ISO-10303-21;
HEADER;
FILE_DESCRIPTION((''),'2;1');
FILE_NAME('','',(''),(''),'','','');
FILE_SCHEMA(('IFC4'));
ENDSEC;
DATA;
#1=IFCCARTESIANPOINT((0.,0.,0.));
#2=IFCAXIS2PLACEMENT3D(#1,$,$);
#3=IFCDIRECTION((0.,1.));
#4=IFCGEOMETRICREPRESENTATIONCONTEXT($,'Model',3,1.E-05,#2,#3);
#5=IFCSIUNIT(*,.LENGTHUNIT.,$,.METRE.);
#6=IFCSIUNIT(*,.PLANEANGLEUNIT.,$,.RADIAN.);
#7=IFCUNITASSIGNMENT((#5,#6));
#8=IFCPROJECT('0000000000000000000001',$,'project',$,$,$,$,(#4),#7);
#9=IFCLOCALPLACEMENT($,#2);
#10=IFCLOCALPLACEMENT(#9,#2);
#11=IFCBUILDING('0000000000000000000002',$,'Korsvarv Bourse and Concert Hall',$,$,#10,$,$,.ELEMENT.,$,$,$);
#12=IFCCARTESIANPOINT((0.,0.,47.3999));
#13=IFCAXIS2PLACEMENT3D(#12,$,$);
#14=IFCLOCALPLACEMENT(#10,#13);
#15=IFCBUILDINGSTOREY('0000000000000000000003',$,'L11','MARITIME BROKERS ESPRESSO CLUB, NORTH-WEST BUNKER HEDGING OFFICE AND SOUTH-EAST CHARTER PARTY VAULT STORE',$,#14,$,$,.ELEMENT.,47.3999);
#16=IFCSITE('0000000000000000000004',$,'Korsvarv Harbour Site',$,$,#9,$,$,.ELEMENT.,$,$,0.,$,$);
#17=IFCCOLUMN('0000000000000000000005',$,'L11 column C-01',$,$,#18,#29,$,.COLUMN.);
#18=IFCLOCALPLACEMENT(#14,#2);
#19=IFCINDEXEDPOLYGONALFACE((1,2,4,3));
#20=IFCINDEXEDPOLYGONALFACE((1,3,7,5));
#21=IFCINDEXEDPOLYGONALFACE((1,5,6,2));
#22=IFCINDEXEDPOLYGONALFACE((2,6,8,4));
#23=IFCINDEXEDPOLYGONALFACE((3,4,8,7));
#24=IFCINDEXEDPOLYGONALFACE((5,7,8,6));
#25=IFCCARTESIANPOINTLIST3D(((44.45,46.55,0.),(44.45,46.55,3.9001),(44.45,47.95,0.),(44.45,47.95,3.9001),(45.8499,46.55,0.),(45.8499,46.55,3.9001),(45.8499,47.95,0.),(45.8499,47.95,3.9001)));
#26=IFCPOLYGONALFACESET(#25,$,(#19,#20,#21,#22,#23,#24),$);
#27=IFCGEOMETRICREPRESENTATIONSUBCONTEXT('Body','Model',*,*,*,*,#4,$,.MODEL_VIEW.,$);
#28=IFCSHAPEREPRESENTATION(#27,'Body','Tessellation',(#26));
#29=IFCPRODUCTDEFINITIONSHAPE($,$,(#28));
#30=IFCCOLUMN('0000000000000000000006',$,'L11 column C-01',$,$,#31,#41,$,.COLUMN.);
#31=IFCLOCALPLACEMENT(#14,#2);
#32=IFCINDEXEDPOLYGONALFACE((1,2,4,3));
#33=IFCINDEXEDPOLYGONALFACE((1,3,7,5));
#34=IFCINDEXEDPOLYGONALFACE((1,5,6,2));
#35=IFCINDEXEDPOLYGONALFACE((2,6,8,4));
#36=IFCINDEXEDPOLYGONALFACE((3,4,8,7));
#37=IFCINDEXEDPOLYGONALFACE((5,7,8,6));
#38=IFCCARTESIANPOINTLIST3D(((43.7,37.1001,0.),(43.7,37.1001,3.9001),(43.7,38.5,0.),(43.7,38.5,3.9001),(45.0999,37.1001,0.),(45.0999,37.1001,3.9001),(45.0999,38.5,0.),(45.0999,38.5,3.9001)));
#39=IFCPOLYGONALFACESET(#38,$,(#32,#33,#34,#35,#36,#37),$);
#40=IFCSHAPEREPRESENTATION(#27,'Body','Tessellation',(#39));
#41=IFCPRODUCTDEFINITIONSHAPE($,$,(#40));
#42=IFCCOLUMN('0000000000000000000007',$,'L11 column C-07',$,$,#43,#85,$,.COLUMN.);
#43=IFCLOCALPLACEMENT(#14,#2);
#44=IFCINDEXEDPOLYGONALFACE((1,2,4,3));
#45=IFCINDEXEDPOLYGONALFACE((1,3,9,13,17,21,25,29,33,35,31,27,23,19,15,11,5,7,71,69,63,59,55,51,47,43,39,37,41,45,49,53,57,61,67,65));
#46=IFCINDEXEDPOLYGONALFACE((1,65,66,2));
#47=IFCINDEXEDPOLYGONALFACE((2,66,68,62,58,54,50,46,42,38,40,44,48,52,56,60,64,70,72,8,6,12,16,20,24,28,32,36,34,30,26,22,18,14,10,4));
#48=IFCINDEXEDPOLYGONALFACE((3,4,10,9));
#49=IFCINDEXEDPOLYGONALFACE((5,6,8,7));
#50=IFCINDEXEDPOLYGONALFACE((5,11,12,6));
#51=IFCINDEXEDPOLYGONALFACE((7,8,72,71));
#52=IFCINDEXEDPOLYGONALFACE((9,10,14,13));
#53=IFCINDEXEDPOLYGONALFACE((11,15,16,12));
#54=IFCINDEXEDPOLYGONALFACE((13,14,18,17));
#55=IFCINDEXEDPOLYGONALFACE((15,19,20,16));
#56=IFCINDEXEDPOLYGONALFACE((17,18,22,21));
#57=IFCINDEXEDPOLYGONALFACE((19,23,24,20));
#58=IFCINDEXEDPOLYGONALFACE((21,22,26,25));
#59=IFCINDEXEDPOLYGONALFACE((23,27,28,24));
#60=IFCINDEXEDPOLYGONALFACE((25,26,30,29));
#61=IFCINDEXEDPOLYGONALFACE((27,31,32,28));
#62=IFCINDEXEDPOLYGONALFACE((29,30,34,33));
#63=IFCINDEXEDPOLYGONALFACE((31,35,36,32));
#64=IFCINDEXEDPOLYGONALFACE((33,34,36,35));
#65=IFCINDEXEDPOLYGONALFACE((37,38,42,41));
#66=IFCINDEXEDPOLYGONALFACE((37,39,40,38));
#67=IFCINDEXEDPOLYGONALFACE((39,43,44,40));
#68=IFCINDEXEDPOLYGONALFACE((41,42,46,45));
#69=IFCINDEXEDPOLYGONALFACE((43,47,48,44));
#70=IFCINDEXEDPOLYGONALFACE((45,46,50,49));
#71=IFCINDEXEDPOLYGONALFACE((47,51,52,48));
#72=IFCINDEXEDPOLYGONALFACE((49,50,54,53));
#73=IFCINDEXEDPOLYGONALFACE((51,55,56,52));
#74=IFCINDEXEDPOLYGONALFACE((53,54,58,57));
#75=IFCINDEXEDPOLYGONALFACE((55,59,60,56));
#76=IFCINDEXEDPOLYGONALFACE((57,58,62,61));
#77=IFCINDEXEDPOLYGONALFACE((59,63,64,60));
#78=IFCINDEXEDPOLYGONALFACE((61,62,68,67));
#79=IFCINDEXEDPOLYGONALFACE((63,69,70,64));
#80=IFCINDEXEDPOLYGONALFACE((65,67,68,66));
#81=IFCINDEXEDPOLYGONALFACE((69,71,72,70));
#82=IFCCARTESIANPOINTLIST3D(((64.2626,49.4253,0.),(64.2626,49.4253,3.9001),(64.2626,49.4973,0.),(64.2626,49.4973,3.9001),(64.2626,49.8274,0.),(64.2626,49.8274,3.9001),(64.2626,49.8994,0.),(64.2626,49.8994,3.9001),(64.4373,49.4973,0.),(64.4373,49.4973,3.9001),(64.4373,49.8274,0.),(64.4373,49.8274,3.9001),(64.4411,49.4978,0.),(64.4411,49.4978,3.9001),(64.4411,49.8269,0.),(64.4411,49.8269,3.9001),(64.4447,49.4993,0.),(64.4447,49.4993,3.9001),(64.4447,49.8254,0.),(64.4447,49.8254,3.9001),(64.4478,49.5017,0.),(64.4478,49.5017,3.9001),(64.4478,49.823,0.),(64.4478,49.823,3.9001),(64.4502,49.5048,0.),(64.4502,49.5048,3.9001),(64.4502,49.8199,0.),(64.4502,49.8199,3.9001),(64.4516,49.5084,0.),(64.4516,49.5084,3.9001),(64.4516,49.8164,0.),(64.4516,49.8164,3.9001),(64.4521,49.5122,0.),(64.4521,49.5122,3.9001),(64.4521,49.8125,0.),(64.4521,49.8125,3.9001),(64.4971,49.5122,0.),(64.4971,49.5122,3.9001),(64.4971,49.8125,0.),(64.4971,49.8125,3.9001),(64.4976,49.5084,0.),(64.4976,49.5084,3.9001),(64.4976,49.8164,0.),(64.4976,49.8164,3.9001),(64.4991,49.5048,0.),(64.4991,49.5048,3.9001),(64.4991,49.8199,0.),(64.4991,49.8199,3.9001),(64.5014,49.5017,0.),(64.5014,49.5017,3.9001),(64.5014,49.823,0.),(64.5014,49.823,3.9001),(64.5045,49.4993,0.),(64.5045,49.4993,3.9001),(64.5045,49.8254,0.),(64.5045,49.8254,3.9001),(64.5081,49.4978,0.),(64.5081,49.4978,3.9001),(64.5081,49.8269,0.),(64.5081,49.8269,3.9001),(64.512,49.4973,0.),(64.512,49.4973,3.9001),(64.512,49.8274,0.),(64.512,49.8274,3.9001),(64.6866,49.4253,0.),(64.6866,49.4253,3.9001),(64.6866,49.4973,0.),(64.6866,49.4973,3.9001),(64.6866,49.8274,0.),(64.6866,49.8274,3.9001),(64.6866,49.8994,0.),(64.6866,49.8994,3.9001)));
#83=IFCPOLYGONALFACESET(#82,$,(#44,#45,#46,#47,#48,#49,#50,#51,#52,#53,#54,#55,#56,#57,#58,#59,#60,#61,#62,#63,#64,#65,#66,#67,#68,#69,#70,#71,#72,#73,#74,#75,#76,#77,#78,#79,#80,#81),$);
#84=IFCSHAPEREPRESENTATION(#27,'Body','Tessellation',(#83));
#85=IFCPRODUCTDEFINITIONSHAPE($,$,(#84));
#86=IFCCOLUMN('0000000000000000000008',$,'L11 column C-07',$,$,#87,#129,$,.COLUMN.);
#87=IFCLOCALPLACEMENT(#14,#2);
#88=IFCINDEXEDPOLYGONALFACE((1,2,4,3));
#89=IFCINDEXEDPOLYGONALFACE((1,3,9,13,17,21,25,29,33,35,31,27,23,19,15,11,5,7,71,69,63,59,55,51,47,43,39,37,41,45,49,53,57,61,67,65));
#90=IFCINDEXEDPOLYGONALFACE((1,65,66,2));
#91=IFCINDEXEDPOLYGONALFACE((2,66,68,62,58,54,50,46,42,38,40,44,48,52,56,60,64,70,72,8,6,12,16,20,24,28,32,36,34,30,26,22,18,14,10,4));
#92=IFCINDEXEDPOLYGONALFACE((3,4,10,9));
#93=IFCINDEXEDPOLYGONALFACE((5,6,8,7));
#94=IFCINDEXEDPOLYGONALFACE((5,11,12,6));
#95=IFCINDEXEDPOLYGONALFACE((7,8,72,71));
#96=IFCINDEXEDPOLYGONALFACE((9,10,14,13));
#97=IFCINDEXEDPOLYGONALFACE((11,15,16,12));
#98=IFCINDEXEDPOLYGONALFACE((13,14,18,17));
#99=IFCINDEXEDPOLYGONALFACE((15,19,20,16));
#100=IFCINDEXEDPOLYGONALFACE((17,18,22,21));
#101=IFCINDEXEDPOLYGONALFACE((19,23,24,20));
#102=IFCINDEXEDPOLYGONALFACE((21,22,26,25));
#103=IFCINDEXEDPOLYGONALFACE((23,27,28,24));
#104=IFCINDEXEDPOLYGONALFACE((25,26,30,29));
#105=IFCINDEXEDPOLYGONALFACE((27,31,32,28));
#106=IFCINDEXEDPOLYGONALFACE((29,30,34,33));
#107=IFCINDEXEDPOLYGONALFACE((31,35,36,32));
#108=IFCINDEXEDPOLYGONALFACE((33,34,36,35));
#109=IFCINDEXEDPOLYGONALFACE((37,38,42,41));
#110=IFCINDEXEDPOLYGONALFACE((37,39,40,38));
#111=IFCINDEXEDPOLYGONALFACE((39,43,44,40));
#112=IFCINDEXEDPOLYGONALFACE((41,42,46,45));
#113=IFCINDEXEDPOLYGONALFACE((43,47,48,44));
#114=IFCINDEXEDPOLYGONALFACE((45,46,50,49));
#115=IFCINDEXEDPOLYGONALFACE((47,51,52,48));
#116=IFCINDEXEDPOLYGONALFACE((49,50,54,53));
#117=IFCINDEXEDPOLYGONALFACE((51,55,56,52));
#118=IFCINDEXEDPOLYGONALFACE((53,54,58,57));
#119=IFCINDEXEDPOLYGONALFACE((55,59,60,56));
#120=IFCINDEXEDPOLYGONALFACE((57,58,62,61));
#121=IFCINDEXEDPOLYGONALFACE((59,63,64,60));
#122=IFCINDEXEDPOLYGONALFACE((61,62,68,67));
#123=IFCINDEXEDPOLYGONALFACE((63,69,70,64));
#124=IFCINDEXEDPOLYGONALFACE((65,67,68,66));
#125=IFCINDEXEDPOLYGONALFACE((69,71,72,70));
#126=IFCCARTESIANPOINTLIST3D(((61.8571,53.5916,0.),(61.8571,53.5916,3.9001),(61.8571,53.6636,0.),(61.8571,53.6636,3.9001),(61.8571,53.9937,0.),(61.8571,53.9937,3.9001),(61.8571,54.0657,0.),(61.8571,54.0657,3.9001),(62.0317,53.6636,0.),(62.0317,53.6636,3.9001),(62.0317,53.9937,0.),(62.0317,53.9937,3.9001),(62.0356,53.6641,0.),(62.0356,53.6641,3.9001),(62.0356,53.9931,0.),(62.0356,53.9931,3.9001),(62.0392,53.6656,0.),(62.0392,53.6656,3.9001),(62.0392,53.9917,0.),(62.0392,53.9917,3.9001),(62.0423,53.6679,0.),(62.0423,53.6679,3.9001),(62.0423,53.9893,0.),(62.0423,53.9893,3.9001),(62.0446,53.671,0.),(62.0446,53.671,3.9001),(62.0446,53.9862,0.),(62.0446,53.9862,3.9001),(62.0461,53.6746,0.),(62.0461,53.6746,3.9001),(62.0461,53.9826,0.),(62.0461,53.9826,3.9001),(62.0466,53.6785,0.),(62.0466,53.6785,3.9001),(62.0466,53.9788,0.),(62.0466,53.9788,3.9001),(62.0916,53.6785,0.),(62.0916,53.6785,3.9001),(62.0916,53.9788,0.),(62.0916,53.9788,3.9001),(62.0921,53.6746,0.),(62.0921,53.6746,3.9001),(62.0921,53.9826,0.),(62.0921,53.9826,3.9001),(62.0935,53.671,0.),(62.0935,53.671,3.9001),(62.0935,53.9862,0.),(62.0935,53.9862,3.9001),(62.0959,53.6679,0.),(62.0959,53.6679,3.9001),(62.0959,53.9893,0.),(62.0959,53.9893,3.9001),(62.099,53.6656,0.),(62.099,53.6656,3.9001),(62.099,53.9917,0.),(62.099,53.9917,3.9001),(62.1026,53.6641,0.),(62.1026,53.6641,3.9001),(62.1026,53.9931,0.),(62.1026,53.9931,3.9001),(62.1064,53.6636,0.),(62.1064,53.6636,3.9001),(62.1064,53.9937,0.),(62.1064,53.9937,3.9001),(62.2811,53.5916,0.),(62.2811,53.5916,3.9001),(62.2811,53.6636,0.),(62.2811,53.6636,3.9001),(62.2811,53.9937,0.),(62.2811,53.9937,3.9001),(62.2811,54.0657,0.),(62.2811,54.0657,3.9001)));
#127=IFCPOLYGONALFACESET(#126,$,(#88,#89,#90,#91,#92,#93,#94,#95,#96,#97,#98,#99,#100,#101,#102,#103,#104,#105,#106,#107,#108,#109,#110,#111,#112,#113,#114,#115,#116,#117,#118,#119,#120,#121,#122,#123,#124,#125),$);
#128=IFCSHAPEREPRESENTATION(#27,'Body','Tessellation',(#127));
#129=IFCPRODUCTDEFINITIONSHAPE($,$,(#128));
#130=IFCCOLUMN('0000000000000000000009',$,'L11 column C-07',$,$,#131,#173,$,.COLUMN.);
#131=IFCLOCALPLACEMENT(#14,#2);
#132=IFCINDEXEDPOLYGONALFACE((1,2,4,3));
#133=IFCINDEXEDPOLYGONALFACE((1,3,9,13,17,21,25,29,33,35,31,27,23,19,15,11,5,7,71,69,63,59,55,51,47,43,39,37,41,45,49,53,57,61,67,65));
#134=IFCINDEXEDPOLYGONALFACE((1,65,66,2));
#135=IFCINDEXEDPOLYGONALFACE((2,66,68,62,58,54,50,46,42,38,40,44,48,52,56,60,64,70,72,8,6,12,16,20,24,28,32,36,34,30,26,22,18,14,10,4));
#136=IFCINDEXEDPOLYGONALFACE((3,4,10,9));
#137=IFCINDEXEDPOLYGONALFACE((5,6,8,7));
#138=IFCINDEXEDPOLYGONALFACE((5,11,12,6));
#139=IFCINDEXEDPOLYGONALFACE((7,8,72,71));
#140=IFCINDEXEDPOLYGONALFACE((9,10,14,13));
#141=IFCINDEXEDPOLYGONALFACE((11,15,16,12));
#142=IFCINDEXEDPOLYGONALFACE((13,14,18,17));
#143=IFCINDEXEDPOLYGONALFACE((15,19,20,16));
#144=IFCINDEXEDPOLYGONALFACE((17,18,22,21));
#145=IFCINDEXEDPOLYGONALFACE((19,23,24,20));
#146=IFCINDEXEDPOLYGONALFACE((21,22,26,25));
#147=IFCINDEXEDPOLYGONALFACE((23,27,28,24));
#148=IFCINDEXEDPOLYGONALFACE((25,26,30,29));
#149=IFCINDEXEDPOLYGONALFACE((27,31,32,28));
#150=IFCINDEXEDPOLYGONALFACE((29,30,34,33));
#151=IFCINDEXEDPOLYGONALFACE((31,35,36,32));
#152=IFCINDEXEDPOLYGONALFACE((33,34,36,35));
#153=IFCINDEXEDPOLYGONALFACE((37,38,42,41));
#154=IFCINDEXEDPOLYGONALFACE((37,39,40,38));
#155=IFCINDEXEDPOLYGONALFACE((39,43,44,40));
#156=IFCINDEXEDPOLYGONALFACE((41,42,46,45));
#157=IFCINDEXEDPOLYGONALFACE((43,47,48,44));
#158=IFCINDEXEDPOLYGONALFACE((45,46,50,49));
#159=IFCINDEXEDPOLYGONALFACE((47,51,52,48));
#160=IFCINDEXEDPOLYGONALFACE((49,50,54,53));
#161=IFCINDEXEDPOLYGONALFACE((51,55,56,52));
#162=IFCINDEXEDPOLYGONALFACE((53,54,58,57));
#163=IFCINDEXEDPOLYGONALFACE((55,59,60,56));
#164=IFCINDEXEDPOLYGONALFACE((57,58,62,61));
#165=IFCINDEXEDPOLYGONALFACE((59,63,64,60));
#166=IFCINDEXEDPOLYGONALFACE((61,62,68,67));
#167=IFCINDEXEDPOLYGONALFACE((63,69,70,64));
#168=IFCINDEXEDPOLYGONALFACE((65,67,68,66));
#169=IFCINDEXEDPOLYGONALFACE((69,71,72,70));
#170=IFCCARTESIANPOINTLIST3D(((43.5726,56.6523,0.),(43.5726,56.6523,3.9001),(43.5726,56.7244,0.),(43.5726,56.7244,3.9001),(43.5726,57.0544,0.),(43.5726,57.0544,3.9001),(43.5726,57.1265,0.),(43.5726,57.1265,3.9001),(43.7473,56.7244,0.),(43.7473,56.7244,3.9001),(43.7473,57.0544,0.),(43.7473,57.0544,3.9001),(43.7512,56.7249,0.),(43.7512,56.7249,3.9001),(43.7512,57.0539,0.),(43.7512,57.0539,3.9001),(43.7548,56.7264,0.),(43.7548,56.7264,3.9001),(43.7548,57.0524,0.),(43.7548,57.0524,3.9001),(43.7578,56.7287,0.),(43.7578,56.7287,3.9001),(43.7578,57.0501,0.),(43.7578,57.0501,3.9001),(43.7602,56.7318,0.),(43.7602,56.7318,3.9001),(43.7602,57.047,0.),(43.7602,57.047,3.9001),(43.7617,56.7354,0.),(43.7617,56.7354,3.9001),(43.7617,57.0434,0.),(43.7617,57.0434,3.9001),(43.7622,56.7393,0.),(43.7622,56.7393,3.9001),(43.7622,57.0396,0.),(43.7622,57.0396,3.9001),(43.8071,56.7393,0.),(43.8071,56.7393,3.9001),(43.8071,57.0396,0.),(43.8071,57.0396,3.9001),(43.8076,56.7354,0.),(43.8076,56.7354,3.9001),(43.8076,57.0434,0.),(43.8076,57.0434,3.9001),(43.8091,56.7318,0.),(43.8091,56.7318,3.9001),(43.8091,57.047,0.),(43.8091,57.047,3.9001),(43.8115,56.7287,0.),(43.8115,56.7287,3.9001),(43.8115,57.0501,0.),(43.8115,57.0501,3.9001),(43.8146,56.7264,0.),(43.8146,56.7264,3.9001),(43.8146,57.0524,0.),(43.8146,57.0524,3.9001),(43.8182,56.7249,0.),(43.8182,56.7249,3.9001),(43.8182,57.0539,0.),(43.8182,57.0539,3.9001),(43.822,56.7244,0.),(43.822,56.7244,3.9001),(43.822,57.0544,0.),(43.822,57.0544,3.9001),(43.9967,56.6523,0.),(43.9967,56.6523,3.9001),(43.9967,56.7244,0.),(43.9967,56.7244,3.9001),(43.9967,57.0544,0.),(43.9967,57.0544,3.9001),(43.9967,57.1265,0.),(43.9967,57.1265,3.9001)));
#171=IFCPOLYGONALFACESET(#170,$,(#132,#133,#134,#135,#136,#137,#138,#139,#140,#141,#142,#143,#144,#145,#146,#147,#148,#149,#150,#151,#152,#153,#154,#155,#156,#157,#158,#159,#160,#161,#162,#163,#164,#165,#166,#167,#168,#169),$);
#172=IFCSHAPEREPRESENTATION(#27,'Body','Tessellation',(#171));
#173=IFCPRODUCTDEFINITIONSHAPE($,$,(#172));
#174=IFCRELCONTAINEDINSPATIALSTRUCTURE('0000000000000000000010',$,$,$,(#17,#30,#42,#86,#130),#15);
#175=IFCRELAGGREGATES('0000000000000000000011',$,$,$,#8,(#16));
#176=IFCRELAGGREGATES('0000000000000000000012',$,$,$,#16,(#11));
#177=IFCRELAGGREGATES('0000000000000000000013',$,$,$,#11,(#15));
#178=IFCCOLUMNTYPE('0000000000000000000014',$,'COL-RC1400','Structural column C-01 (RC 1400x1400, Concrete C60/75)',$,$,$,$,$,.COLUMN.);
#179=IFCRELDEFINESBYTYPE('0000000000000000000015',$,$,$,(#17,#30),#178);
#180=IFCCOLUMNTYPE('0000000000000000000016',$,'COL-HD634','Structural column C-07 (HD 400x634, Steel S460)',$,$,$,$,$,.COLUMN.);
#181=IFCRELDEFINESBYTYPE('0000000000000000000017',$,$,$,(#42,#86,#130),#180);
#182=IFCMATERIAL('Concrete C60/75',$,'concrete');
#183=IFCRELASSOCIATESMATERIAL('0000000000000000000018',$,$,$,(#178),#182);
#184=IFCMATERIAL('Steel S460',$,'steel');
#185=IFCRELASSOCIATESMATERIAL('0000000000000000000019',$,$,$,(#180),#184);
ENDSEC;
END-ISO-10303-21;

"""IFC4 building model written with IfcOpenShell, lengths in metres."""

from ifc_helpers import new_model, si_unit, direction, frame, origin, origin_2d, place, context, subcontext, project, spatial, rectangle, i_section, extrude, source, transform, mapped, material, material_profile, profile_set, type_object, element, save


model = new_model("IFC4")

# Units and contexts
model_context = context("Model", 3, precision=1e-05, world=origin(), true_north=direction((0.0, 1.0)))
body_context = subcontext(model_context, "Body", "Model", "MODEL_VIEW")
ifc_project = project(units=[si_unit("LENGTHUNIT", "METRE"), si_unit("PLANEANGLEUNIT", "RADIAN")], contexts=[model_context])

# Site, building, storey
site_placement = place(None, origin())
site = spatial("IfcSite", under=ifc_project, at=site_placement, Name="Korsvarv Harbour Site", CompositionType="ELEMENT", RefElevation=0.0)
building_placement = place(site_placement, origin())
building = spatial("IfcBuilding", under=site, at=building_placement, Name="Korsvarv Bourse and Concert Hall", CompositionType="ELEMENT")
storey_placement = place(building_placement, frame((0.0, 0.0, 47.3999)))
storey = spatial("IfcBuildingStorey", under=building, at=storey_placement, Name="L11", Description="MARITIME BROKERS ESPRESSO CLUB, NORTH-WEST BUNKER HEDGING OFFICE AND SOUTH-EAST CHARTER PARTY VAULT STORE", CompositionType="ELEMENT", Elevation=47.3999)

# Columns
ifc_material_1 = material(Name="Concrete C60/75", Category="concrete")
ifc_material_profile_1 = material_profile(ifc_material_1, rectangle(XDim=1.3999, YDim=1.3999, at=origin_2d()), Name="RC 1400x1400")
ifc_profile_set_1 = profile_set([ifc_material_profile_1], Name="Concrete C60/75")
column_type_1 = type_object("IfcColumnType", Name="COL-RC1400", Description="Structural column C-01 (RC 1400x1400, Concrete C60/75)", PredefinedType="COLUMN", material=ifc_profile_set_1)
shared_shape_1 = source(origin(), body_context, "Body", "SweptSolid", [
    extrude(rectangle(XDim=1.3999, YDim=1.3999, at=origin_2d()), origin(), (0.0, 0.0, 1.0), 3.9001),
])
for number, where, z_axis, x_axis, name in (
    (1, (45.1499, 47.25, 0.0), (0.0, 0.0, 1.0), (1.0, 0.0, 0.0), "L11 column C-01"),
    (2, (44.3999, 37.8, 0.0), (0.0, 0.0, 1.0), (1.0, 0.0, 0.0), "L11 column C-01"),
):
    element("IfcColumn", number, at=place(storey_placement, frame(where, z_axis=z_axis, x_axis=x_axis)), inside=storey, type_object=column_type_1, Name=name, PredefinedType="COLUMN", context=body_context, shape_type="MappedRepresentation", body=[
        mapped(shared_shape_1, transform((0.0, 0.0, 0.0), scale=1.0)),
    ])
ifc_material_2 = material(Name="Steel S460", Category="steel")
ifc_material_profile_2 = material_profile(ifc_material_2, i_section(OverallWidth=0.4241, OverallDepth=0.4741, WebThickness=0.0449, FlangeThickness=0.072, FilletRadius=0.0149, at=origin_2d()), Name="HD 400x634")
ifc_profile_set_2 = profile_set([ifc_material_profile_2], Name="Steel S460")
column_type_2 = type_object("IfcColumnType", Name="COL-HD634", Description="Structural column C-07 (HD 400x634, Steel S460)", PredefinedType="COLUMN", material=ifc_profile_set_2)
shared_shape_2 = source(origin(), body_context, "Body", "SweptSolid", [
    extrude(i_section(OverallWidth=0.4241, OverallDepth=0.4741, WebThickness=0.0449, FlangeThickness=0.072, FilletRadius=0.0149, at=origin_2d()), origin(), (0.0, 0.0, 1.0), 3.9001),
])
for number, where, z_axis, x_axis, name in (
    (3, (64.4746, 49.6624, 0.0), (0.0, 0.0, 1.0), (1.0, 0.0, 0.0), "L11 column C-07"),
    (4, (62.0691, 53.8286, 0.0), (0.0, 0.0, 1.0), (1.0, 0.0, 0.0), "L11 column C-07"),
    (5, (43.7847, 56.8894, 0.0), (0.0, 0.0, 1.0), (1.0, 0.0, 0.0), "L11 column C-07"),
):
    element("IfcColumn", number, at=place(storey_placement, frame(where, z_axis=z_axis, x_axis=x_axis)), inside=storey, type_object=column_type_2, Name=name, PredefinedType="COLUMN", context=body_context, shape_type="MappedRepresentation", body=[
        mapped(shared_shape_2, transform((0.0, 0.0, 0.0), scale=1.0)),
    ])

save(model, "model.ifc")
